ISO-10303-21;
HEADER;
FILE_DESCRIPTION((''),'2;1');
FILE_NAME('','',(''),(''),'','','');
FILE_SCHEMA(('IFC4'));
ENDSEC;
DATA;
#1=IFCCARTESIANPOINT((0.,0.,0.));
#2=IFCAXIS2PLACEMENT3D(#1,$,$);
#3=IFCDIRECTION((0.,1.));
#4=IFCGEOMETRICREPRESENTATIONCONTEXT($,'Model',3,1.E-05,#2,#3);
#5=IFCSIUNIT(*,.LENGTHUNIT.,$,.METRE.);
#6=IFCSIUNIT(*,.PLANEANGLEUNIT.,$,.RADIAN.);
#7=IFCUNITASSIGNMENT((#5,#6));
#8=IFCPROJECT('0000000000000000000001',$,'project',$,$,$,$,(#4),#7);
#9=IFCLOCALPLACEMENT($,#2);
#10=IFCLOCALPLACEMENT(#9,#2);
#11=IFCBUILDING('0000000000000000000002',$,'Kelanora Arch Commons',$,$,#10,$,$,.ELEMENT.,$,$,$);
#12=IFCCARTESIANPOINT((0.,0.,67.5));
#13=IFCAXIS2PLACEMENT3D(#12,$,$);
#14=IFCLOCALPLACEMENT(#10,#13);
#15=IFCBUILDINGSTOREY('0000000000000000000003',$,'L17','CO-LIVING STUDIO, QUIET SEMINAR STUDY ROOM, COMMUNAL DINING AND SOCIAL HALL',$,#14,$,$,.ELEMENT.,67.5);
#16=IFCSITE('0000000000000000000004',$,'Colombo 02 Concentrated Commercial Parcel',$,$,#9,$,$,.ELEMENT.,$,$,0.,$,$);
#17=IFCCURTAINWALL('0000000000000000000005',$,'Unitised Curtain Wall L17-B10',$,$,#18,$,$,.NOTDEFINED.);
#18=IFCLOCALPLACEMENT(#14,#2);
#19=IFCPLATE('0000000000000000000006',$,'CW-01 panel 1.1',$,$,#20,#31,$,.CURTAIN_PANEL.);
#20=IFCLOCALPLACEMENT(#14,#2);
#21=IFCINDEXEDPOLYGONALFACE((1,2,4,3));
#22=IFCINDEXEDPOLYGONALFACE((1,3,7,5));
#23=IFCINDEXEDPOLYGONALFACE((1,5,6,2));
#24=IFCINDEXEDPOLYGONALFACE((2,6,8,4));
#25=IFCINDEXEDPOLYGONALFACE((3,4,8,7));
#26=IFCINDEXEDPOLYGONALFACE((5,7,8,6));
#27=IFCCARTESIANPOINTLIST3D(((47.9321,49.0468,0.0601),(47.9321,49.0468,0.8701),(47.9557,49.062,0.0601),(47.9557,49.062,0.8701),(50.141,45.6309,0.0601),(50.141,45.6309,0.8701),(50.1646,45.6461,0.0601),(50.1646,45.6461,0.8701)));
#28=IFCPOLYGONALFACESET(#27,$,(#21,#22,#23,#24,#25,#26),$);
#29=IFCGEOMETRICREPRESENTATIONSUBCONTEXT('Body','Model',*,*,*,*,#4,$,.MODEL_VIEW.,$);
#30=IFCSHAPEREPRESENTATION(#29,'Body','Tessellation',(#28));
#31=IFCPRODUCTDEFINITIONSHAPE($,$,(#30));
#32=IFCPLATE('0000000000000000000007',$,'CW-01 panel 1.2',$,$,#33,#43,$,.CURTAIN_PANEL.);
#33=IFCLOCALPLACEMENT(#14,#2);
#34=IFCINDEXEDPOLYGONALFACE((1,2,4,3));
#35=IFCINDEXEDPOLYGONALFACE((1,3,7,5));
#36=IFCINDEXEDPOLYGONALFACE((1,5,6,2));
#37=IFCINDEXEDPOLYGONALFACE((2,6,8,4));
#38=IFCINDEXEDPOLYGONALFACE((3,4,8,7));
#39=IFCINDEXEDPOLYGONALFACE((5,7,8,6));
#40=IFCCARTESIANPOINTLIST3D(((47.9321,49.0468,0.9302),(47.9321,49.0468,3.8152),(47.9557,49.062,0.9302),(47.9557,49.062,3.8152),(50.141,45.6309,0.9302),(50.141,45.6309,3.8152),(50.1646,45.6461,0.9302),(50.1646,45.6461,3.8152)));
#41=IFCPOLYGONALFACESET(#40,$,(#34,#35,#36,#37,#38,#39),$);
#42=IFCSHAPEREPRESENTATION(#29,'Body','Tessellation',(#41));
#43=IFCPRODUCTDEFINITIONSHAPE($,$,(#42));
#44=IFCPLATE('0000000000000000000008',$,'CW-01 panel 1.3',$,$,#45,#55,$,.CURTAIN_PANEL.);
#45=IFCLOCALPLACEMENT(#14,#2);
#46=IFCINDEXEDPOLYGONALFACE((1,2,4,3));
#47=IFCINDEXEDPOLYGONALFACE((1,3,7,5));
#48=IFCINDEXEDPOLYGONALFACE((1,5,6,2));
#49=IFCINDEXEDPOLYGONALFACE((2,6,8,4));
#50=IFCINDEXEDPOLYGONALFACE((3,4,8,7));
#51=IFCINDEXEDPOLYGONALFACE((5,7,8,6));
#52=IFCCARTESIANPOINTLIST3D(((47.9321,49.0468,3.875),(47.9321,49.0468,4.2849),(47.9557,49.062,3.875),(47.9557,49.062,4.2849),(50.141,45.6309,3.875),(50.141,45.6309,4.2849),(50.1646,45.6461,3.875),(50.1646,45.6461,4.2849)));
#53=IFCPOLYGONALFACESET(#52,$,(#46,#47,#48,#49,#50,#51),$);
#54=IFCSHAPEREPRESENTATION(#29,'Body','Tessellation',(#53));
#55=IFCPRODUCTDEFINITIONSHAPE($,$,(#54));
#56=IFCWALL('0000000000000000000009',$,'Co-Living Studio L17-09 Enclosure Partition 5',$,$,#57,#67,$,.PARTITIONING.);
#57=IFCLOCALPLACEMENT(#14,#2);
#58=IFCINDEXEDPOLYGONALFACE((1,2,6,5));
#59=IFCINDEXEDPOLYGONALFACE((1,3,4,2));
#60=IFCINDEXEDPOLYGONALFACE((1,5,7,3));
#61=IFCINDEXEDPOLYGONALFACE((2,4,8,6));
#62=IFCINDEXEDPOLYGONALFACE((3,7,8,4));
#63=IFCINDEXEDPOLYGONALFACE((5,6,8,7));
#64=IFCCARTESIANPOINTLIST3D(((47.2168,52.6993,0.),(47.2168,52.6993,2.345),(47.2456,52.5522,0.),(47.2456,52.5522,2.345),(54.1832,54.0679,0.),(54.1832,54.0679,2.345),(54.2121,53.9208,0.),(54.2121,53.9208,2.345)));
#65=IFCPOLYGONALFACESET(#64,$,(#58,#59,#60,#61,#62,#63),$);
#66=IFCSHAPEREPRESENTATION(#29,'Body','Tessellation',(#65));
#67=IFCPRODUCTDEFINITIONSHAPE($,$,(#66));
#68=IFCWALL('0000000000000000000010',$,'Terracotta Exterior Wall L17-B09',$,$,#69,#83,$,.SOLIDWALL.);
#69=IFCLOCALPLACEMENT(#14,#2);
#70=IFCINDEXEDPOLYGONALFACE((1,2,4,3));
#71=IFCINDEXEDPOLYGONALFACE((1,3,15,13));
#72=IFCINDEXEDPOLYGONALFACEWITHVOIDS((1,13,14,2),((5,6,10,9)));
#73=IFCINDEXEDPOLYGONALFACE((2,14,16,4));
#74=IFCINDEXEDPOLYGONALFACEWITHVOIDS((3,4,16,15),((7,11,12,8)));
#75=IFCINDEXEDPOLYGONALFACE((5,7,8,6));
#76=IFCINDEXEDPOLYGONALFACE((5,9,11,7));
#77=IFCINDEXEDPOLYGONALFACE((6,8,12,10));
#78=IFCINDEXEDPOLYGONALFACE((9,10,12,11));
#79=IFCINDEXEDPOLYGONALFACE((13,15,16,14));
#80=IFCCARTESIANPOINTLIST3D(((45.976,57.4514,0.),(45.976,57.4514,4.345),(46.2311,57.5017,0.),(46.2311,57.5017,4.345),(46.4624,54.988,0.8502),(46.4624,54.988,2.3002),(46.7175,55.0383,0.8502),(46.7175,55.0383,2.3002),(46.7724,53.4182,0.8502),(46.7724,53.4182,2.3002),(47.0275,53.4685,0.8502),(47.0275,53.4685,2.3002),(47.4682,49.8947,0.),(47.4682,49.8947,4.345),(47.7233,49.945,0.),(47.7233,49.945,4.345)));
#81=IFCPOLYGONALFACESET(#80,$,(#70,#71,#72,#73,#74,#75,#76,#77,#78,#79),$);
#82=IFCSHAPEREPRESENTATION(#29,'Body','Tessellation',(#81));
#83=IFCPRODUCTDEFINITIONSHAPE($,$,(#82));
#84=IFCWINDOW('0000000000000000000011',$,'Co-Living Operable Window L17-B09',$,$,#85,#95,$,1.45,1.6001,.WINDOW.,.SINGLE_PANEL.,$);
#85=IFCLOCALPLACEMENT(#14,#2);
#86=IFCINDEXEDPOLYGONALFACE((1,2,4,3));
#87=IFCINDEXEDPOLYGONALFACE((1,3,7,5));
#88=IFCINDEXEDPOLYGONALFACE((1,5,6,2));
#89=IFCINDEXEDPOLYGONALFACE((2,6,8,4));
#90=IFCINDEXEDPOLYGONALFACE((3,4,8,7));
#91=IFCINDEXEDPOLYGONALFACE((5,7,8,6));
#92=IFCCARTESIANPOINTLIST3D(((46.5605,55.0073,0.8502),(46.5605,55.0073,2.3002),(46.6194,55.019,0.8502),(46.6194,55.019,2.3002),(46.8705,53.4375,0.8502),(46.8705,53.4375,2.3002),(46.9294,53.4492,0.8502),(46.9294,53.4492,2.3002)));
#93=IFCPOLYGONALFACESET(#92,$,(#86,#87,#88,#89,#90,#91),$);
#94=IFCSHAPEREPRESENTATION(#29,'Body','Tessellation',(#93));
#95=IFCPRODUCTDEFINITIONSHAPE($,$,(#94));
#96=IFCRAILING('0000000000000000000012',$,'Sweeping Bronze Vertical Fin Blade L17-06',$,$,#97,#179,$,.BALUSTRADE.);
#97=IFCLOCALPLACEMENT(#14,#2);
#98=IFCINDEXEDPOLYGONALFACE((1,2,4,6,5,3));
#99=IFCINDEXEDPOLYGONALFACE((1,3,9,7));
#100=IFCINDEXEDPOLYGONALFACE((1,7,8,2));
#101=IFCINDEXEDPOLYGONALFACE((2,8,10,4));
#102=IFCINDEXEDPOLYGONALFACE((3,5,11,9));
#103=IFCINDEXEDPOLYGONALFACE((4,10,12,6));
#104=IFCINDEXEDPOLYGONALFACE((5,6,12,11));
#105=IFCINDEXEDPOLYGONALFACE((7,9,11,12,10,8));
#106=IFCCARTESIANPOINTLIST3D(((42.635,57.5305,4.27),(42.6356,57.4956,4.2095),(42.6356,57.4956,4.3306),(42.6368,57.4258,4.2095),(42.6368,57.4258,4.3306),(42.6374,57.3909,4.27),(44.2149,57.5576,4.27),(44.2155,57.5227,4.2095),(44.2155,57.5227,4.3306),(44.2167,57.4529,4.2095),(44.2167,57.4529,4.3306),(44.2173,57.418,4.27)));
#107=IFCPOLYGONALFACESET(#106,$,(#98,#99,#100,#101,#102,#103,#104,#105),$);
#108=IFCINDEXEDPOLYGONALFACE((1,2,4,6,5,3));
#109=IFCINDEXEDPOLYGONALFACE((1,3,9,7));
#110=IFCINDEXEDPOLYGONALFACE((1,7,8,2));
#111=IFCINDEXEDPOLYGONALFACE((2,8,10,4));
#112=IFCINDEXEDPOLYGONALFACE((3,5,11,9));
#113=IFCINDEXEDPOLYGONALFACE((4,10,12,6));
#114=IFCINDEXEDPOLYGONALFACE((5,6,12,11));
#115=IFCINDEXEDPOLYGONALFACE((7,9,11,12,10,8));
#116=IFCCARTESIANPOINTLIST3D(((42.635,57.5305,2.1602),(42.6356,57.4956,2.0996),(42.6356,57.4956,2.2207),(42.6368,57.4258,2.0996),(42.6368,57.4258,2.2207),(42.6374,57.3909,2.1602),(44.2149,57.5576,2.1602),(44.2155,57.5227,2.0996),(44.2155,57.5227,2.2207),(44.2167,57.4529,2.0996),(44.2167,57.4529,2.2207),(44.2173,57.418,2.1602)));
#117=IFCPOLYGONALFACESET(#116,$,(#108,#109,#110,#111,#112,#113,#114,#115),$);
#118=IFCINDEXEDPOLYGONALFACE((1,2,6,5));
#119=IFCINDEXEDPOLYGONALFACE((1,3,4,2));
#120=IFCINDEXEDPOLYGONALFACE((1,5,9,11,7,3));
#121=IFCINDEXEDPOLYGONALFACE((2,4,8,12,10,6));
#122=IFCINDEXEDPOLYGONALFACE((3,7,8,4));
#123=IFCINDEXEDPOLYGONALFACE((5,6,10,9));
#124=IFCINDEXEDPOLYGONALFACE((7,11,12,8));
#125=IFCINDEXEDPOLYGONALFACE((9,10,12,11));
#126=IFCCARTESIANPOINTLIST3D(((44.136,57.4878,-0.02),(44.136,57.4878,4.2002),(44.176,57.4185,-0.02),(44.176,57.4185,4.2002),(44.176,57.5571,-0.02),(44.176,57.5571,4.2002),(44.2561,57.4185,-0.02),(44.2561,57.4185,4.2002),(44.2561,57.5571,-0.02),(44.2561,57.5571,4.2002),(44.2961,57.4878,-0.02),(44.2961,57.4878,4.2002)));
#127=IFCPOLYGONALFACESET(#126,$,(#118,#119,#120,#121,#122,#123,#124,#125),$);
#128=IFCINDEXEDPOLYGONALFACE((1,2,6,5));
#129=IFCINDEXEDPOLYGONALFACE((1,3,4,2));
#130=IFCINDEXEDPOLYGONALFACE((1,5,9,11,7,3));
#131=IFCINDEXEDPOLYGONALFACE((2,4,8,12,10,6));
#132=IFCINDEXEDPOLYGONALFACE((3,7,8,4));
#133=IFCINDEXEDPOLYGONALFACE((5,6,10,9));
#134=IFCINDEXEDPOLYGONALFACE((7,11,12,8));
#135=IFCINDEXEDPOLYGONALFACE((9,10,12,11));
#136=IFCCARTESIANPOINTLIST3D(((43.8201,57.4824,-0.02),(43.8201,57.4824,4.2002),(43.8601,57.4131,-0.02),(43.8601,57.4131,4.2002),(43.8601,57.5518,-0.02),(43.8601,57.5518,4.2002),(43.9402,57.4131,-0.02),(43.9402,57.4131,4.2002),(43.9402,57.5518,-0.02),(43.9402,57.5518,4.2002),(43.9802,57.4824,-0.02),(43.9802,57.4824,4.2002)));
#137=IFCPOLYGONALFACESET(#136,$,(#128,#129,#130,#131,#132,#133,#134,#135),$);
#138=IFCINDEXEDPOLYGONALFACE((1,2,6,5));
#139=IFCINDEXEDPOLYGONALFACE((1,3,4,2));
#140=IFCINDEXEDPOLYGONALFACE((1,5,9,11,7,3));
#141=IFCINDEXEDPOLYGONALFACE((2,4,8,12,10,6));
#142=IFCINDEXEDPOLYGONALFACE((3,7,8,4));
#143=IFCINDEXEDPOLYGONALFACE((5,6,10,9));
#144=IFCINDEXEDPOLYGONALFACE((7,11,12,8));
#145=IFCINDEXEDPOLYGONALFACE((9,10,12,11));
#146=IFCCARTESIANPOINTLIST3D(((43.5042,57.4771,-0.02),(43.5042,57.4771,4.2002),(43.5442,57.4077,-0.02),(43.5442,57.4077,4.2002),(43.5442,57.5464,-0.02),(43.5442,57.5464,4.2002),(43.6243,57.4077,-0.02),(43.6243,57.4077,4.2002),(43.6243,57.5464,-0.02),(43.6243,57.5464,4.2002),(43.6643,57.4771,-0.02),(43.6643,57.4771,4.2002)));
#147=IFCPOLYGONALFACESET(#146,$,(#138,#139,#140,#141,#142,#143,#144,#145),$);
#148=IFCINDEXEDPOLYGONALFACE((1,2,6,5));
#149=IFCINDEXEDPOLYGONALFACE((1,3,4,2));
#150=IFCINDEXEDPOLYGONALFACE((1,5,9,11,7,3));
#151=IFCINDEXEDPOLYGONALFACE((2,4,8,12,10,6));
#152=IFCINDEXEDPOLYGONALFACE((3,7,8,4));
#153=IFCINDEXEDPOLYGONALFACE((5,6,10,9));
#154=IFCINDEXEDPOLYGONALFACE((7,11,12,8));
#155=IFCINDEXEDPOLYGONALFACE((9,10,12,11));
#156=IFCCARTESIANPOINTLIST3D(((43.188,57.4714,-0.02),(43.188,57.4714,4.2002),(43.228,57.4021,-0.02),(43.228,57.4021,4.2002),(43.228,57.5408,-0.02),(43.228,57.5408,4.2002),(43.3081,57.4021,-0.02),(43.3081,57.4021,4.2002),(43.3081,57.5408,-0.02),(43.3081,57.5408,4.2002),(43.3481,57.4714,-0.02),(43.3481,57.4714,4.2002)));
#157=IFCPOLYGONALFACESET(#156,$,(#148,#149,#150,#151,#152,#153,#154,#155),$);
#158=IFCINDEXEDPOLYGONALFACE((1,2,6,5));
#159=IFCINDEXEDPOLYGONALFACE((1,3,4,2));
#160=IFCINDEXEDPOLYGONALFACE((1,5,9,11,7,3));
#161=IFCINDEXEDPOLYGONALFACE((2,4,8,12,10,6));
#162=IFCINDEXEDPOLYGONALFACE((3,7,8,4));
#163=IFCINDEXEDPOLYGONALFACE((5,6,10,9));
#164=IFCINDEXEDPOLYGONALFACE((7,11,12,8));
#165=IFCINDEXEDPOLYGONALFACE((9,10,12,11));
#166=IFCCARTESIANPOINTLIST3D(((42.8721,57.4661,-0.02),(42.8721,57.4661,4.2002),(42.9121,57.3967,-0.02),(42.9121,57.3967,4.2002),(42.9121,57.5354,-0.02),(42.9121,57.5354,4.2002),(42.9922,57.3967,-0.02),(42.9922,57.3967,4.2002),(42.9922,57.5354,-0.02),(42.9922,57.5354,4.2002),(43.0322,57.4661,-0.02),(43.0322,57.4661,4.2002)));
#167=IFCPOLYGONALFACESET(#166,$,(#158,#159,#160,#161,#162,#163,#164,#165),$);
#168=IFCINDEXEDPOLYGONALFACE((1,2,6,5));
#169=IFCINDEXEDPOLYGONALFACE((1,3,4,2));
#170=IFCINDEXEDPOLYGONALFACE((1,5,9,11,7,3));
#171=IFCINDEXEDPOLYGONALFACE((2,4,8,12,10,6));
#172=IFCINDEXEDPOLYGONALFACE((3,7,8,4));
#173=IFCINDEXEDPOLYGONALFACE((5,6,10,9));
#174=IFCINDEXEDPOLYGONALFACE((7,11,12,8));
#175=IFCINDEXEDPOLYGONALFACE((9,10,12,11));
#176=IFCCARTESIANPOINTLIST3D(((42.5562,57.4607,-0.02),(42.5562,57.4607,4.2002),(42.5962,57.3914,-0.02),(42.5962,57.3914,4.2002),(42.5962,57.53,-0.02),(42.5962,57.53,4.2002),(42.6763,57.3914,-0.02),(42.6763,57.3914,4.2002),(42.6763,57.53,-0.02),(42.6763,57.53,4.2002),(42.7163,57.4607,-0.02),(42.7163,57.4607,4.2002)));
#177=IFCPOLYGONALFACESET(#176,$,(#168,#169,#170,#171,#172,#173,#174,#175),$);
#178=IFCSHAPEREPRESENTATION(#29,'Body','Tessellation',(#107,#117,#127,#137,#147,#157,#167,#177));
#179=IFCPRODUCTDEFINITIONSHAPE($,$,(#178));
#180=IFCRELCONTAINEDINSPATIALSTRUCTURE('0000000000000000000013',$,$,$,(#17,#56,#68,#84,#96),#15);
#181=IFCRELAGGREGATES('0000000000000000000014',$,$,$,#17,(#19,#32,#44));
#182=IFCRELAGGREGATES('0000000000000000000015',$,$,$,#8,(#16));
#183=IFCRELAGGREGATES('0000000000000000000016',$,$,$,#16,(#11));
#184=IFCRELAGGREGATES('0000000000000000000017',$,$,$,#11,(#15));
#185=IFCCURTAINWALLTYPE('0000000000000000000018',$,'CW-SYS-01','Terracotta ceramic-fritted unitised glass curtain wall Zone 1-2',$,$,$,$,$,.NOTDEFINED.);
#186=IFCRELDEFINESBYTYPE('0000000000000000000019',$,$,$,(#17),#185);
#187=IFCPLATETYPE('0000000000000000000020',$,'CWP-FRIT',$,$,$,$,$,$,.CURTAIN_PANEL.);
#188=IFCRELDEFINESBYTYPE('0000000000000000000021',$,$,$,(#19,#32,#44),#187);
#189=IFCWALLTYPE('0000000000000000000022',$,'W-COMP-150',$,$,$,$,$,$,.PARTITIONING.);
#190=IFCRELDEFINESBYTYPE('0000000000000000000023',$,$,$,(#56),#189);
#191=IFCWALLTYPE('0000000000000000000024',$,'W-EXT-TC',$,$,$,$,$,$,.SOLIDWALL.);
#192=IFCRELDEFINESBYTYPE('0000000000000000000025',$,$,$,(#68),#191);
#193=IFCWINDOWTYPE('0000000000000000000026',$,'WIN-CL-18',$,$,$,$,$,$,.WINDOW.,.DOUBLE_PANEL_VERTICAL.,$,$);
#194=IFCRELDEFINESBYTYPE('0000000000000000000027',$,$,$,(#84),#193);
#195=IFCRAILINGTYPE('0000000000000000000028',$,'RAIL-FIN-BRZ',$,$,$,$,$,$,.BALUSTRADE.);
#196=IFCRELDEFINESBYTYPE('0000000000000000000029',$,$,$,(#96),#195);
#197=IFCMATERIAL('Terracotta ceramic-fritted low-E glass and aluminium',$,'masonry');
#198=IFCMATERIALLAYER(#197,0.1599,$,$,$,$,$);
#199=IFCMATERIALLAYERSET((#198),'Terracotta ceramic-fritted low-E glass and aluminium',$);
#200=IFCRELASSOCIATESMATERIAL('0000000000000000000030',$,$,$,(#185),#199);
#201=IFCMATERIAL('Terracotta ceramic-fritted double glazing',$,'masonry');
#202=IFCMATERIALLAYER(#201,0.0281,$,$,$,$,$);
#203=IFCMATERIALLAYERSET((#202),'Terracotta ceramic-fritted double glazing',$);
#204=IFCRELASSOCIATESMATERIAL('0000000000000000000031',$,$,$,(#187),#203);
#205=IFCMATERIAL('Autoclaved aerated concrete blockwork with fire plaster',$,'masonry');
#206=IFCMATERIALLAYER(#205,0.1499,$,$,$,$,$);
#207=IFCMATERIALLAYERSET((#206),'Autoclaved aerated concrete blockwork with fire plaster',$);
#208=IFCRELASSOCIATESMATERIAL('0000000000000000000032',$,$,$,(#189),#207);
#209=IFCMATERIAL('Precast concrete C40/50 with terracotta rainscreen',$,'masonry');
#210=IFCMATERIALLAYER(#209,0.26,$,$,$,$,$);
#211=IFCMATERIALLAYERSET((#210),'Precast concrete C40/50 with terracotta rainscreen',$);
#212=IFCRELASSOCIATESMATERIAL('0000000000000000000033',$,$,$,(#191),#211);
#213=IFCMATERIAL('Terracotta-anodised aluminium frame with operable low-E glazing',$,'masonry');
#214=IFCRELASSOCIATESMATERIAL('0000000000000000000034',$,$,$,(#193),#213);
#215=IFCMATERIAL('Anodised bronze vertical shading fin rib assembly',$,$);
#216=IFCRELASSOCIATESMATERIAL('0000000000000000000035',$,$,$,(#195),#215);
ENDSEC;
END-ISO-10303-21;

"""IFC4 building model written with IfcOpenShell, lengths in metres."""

from ifc_helpers import new_model, si_unit, direction, frame, frame_2d, origin, origin_2d, place, context, subcontext, project, spatial, polyline, rectangle, outline, extrude, source, transform, mapped, material, layer, layer_set, type_object, element, fill, aggregate, save


model = new_model("IFC4")

# Units and contexts
model_context = context("Model", 3, precision=1e-05, world=origin(), true_north=direction((0.0, 1.0)))
body_context = subcontext(model_context, "Body", "Model", "MODEL_VIEW")
ifc_project = project(units=[si_unit("LENGTHUNIT", "METRE"), si_unit("PLANEANGLEUNIT", "RADIAN")], contexts=[model_context])

# Site, building, storey
site_placement = place(None, origin())
site = spatial("IfcSite", under=ifc_project, at=site_placement, Name="Colombo 02 Concentrated Commercial Parcel", CompositionType="ELEMENT", RefElevation=0.0)
building_placement = place(site_placement, origin())
building = spatial("IfcBuilding", under=site, at=building_placement, Name="Kelanora Arch Commons", CompositionType="ELEMENT")
storey_placement = place(building_placement, frame((0.0, 0.0, 67.5)))
storey = spatial("IfcBuildingStorey", under=building, at=storey_placement, Name="L17", Description="CO-LIVING STUDIO, QUIET SEMINAR STUDY ROOM, COMMUNAL DINING AND SOCIAL HALL", CompositionType="ELEMENT", Elevation=67.5)

# Curtain wall
ifc_material_1 = material(Name="Terracotta ceramic-fritted low-E glass and aluminium", Category="masonry")
ifc_layer_1 = layer(ifc_material_1, 0.1599)
ifc_layer_set_1 = layer_set([ifc_layer_1], Name="Terracotta ceramic-fritted low-E glass and aluminium")
curtain_wall_type = type_object("IfcCurtainWallType", Name="CW-SYS-01", Description="Terracotta ceramic-fritted unitised glass curtain wall Zone 1-2", PredefinedType="NOTDEFINED", material=ifc_layer_set_1)
curtain_wall_placement = place(storey_placement, origin())
curtain_wall = element("IfcCurtainWall", 1, at=curtain_wall_placement, inside=storey, type_object=curtain_wall_type, Name="Unitised Curtain Wall L17-B10", PredefinedType="NOTDEFINED")

# Plates
ifc_material_2 = material(Name="Terracotta ceramic-fritted double glazing", Category="masonry")
ifc_layer_2 = layer(ifc_material_2, 0.0281)
ifc_layer_set_2 = layer_set([ifc_layer_2], Name="Terracotta ceramic-fritted double glazing")
plate_type = type_object("IfcPlateType", Name="CWP-FRIT", PredefinedType="CURTAIN_PANEL", material=ifc_layer_set_2)
shared_shape_1 = source(origin(), body_context, "Body", "SweptSolid", [
    extrude(rectangle(XDim=4.0679, YDim=0.0281, at=origin_2d()), origin(), (0.0, 0.0, 1.0), 0.8101),
])
plate_1_placement = place(storey_placement, frame((49.0483, 47.3464, 0.0601), z_axis=(0.0, 0.0, 1.0), x_axis=(0.543004, -0.83973, 0.0)))
plate_1 = element("IfcPlate", 2, at=plate_1_placement, type_object=plate_type, Name="CW-01 panel 1.1", PredefinedType="CURTAIN_PANEL", context=body_context, shape_type="MappedRepresentation", body=[
    mapped(shared_shape_1, transform((0.0, 0.0, 0.0), scale=1.0)),
])
shared_shape_2 = source(origin(), body_context, "Body", "SweptSolid", [
    extrude(rectangle(XDim=4.0679, YDim=0.0281, at=origin_2d()), origin(), (0.0, 0.0, 1.0), 2.885),
])
plate_2_placement = place(storey_placement, frame((49.0483, 47.3464, 0.9302), z_axis=(0.0, 0.0, 1.0), x_axis=(0.543004, -0.83973, 0.0)))
plate_2 = element("IfcPlate", 3, at=plate_2_placement, type_object=plate_type, Name="CW-01 panel 1.2", PredefinedType="CURTAIN_PANEL", context=body_context, shape_type="MappedRepresentation", body=[
    mapped(shared_shape_2, transform((0.0, 0.0, 0.0), scale=1.0)),
])
shared_shape_3 = source(origin(), body_context, "Body", "SweptSolid", [
    extrude(rectangle(XDim=4.0679, YDim=0.0281, at=origin_2d()), origin(), (0.0, 0.0, 1.0), 0.4099),
])
plate_3_placement = place(storey_placement, frame((49.0483, 47.3464, 3.875), z_axis=(0.0, 0.0, 1.0), x_axis=(0.543004, -0.83973, 0.0)))
plate_3 = element("IfcPlate", 4, at=plate_3_placement, type_object=plate_type, Name="CW-01 panel 1.3", PredefinedType="CURTAIN_PANEL", context=body_context, shape_type="MappedRepresentation", body=[
    mapped(shared_shape_3, transform((0.0, 0.0, 0.0), scale=1.0)),
])
aggregate(curtain_wall, [plate_1, plate_2, plate_3])

# Wall
ifc_material_3 = material(Name="Autoclaved aerated concrete blockwork with fire plaster", Category="masonry")
ifc_layer_3 = layer(ifc_material_3, 0.1499)
ifc_layer_set_3 = layer_set([ifc_layer_3], Name="Autoclaved aerated concrete blockwork with fire plaster")
wall_type_1 = type_object("IfcWallType", Name="W-COMP-150", PredefinedType="PARTITIONING", material=ifc_layer_set_3)
wall_1_placement = place(storey_placement, frame((47.2312, 52.6257, 0.0), z_axis=(0.0, 0.0, 1.0), x_axis=(0.981243, 0.192775, 0.0)))
element("IfcWall", 5, at=wall_1_placement, inside=storey, type_object=wall_type_1, Name="Co-Living Studio L17-09 Enclosure Partition 5", PredefinedType="PARTITIONING", context=body_context, shape_type="SweptSolid", body=[
    extrude(rectangle(XDim=7.0996, YDim=0.1499, at=frame_2d((3.5498, 0.0))), origin(), (0.0, 0.0, 1.0), 2.345),
])

# Wall, opening, window
ifc_material_4 = material(Name="Precast concrete C40/50 with terracotta rainscreen", Category="masonry")
ifc_layer_4 = layer(ifc_material_4, 0.26)
ifc_layer_set_4 = layer_set([ifc_layer_4], Name="Precast concrete C40/50 with terracotta rainscreen")
wall_type_2 = type_object("IfcWallType", Name="W-EXT-TC", PredefinedType="SOLIDWALL", material=ifc_layer_set_4)
wall_2_placement = place(storey_placement, frame((46.1035, 57.4766, 0.0), z_axis=(0.0, 0.0, 1.0), x_axis=(0.193726, -0.981056, 0.0)))
wall_2 = element("IfcWall", 6, at=wall_2_placement, inside=storey, type_object=wall_type_2, Name="Terracotta Exterior Wall L17-B09", PredefinedType="SOLIDWALL", context=body_context, shape_type="SweptSolid", body=[
    extrude(rectangle(XDim=7.7026, YDim=0.26, at=frame_2d((3.8513, 0.0))), origin(), (0.0, 0.0, 1.0), 4.345),
])
opening_placement = place(wall_2_placement, frame((2.511, 0.0, 0.8501)))
opening = element("IfcOpeningElement", 7, at=opening_placement, cuts=wall_2, PredefinedType="OPENING", context=body_context, shape_type="SweptSolid", body=[
    extrude(rectangle(XDim=1.6001, YDim=1.45, at=frame_2d((0.8, 0.7251))), frame((0.0, 0.1401, 0.0), z_axis=(0.0, -1.0, 0.0), x_axis=(1.0, 0.0, 0.0)), (0.0, 0.0, 1.0), 0.28),
])
ifc_material_5 = material(Name="Terracotta-anodised aluminium frame with operable low-E glazing", Category="masonry")
window_type = type_object("IfcWindowType", Name="WIN-CL-18", PartitioningType="DOUBLE_PANEL_VERTICAL", PredefinedType="WINDOW", material=ifc_material_5)
window_placement = place(opening_placement, origin())
window = element("IfcWindow", 8, at=window_placement, inside=storey, type_object=window_type, Name="Co-Living Operable Window L17-B09", OverallHeight=1.45, OverallWidth=1.6001, PartitioningType="SINGLE_PANEL", PredefinedType="WINDOW", context=body_context, shape_type="SweptSolid", body=[
    extrude(rectangle(XDim=1.6001, YDim=1.45, at=frame_2d((0.8, 0.7251))), frame((0.0, 0.03, 0.0), z_axis=(0.0, -1.0, 0.0), x_axis=(1.0, 0.0, 0.0)), (0.0, 0.0, 1.0), 0.0601),
])
fill(opening, window)

# Railing
ifc_material_6 = material(Name="Anodised bronze vertical shading fin rib assembly")
railing_type = type_object("IfcRailingType", Name="RAIL-FIN-BRZ", PredefinedType="BALUSTRADE", material=ifc_material_6)
railing_1_placement = place(storey_placement, frame((44.2161, 57.4878, -0.02)))
element("IfcRailing", 9, at=railing_1_placement, inside=storey, type_object=railing_type, Name="Sweeping Bronze Vertical Fin Blade L17-06", PredefinedType="BALUSTRADE", context=body_context, shape_type="SweptSolid", body=[
    extrude(outline(polyline([(0.0698, 0.0), (0.0349, 0.0605), (-0.0349, 0.0605), (-0.0698, 0.0), (-0.0349, -0.0605), (0.0349, -0.0605), (0.0698, 0.0)])), frame((0.0, 0.0, 4.29), z_axis=(-0.999853, -0.017151, 0.0), x_axis=(0.017151, -0.999853, 0.0)), (0.0, 0.0, 1.0), 1.5801),
    extrude(outline(polyline([(0.0698, 0.0), (0.0349, 0.0605), (-0.0349, 0.0605), (-0.0698, 0.0), (-0.0349, -0.0605), (0.0349, -0.0605), (0.0698, 0.0)])), frame((0.0, 0.0, 2.1802), z_axis=(-0.999853, -0.017151, 0.0), x_axis=(0.017151, -0.999853, 0.0)), (0.0, 0.0, 1.0), 1.5801),
    extrude(outline(polyline([(0.0801, 0.0), (0.04, 0.0693), (-0.04, 0.0693), (-0.0801, 0.0), (-0.04, -0.0693), (0.04, -0.0693), (0.0801, 0.0)])), origin(), (0.0, 0.0, 1.0), 4.2202),
    extrude(outline(polyline([(0.0801, 0.0), (0.04, 0.0693), (-0.04, 0.0693), (-0.0801, 0.0), (-0.04, -0.0693), (0.04, -0.0693), (0.0801, 0.0)])), frame((-0.3159, -0.0054, 0.0)), (0.0, 0.0, 1.0), 4.2202),
    extrude(outline(polyline([(0.0801, 0.0), (0.04, 0.0693), (-0.04, 0.0693), (-0.0801, 0.0), (-0.04, -0.0693), (0.04, -0.0693), (0.0801, 0.0)])), frame((-0.6318, -0.0107, 0.0)), (0.0, 0.0, 1.0), 4.2202),
    extrude(outline(polyline([(0.0801, 0.0), (0.04, 0.0693), (-0.04, 0.0693), (-0.0801, 0.0), (-0.04, -0.0693), (0.04, -0.0693), (0.0801, 0.0)])), frame((-0.948, -0.0164, 0.0)), (0.0, 0.0, 1.0), 4.2202),
    extrude(outline(polyline([(0.0801, 0.0), (0.04, 0.0693), (-0.04, 0.0693), (-0.0801, 0.0), (-0.04, -0.0693), (0.04, -0.0693), (0.0801, 0.0)])), frame((-1.2639, -0.0217, 0.0)), (0.0, 0.0, 1.0), 4.2202),
    extrude(outline(polyline([(0.0801, 0.0), (0.04, 0.0693), (-0.04, 0.0693), (-0.0801, 0.0), (-0.04, -0.0693), (0.04, -0.0693), (0.0801, 0.0)])), frame((-1.5798, -0.0271, 0.0)), (0.0, 0.0, 1.0), 4.2202),
])

save(model, "model.ifc")
